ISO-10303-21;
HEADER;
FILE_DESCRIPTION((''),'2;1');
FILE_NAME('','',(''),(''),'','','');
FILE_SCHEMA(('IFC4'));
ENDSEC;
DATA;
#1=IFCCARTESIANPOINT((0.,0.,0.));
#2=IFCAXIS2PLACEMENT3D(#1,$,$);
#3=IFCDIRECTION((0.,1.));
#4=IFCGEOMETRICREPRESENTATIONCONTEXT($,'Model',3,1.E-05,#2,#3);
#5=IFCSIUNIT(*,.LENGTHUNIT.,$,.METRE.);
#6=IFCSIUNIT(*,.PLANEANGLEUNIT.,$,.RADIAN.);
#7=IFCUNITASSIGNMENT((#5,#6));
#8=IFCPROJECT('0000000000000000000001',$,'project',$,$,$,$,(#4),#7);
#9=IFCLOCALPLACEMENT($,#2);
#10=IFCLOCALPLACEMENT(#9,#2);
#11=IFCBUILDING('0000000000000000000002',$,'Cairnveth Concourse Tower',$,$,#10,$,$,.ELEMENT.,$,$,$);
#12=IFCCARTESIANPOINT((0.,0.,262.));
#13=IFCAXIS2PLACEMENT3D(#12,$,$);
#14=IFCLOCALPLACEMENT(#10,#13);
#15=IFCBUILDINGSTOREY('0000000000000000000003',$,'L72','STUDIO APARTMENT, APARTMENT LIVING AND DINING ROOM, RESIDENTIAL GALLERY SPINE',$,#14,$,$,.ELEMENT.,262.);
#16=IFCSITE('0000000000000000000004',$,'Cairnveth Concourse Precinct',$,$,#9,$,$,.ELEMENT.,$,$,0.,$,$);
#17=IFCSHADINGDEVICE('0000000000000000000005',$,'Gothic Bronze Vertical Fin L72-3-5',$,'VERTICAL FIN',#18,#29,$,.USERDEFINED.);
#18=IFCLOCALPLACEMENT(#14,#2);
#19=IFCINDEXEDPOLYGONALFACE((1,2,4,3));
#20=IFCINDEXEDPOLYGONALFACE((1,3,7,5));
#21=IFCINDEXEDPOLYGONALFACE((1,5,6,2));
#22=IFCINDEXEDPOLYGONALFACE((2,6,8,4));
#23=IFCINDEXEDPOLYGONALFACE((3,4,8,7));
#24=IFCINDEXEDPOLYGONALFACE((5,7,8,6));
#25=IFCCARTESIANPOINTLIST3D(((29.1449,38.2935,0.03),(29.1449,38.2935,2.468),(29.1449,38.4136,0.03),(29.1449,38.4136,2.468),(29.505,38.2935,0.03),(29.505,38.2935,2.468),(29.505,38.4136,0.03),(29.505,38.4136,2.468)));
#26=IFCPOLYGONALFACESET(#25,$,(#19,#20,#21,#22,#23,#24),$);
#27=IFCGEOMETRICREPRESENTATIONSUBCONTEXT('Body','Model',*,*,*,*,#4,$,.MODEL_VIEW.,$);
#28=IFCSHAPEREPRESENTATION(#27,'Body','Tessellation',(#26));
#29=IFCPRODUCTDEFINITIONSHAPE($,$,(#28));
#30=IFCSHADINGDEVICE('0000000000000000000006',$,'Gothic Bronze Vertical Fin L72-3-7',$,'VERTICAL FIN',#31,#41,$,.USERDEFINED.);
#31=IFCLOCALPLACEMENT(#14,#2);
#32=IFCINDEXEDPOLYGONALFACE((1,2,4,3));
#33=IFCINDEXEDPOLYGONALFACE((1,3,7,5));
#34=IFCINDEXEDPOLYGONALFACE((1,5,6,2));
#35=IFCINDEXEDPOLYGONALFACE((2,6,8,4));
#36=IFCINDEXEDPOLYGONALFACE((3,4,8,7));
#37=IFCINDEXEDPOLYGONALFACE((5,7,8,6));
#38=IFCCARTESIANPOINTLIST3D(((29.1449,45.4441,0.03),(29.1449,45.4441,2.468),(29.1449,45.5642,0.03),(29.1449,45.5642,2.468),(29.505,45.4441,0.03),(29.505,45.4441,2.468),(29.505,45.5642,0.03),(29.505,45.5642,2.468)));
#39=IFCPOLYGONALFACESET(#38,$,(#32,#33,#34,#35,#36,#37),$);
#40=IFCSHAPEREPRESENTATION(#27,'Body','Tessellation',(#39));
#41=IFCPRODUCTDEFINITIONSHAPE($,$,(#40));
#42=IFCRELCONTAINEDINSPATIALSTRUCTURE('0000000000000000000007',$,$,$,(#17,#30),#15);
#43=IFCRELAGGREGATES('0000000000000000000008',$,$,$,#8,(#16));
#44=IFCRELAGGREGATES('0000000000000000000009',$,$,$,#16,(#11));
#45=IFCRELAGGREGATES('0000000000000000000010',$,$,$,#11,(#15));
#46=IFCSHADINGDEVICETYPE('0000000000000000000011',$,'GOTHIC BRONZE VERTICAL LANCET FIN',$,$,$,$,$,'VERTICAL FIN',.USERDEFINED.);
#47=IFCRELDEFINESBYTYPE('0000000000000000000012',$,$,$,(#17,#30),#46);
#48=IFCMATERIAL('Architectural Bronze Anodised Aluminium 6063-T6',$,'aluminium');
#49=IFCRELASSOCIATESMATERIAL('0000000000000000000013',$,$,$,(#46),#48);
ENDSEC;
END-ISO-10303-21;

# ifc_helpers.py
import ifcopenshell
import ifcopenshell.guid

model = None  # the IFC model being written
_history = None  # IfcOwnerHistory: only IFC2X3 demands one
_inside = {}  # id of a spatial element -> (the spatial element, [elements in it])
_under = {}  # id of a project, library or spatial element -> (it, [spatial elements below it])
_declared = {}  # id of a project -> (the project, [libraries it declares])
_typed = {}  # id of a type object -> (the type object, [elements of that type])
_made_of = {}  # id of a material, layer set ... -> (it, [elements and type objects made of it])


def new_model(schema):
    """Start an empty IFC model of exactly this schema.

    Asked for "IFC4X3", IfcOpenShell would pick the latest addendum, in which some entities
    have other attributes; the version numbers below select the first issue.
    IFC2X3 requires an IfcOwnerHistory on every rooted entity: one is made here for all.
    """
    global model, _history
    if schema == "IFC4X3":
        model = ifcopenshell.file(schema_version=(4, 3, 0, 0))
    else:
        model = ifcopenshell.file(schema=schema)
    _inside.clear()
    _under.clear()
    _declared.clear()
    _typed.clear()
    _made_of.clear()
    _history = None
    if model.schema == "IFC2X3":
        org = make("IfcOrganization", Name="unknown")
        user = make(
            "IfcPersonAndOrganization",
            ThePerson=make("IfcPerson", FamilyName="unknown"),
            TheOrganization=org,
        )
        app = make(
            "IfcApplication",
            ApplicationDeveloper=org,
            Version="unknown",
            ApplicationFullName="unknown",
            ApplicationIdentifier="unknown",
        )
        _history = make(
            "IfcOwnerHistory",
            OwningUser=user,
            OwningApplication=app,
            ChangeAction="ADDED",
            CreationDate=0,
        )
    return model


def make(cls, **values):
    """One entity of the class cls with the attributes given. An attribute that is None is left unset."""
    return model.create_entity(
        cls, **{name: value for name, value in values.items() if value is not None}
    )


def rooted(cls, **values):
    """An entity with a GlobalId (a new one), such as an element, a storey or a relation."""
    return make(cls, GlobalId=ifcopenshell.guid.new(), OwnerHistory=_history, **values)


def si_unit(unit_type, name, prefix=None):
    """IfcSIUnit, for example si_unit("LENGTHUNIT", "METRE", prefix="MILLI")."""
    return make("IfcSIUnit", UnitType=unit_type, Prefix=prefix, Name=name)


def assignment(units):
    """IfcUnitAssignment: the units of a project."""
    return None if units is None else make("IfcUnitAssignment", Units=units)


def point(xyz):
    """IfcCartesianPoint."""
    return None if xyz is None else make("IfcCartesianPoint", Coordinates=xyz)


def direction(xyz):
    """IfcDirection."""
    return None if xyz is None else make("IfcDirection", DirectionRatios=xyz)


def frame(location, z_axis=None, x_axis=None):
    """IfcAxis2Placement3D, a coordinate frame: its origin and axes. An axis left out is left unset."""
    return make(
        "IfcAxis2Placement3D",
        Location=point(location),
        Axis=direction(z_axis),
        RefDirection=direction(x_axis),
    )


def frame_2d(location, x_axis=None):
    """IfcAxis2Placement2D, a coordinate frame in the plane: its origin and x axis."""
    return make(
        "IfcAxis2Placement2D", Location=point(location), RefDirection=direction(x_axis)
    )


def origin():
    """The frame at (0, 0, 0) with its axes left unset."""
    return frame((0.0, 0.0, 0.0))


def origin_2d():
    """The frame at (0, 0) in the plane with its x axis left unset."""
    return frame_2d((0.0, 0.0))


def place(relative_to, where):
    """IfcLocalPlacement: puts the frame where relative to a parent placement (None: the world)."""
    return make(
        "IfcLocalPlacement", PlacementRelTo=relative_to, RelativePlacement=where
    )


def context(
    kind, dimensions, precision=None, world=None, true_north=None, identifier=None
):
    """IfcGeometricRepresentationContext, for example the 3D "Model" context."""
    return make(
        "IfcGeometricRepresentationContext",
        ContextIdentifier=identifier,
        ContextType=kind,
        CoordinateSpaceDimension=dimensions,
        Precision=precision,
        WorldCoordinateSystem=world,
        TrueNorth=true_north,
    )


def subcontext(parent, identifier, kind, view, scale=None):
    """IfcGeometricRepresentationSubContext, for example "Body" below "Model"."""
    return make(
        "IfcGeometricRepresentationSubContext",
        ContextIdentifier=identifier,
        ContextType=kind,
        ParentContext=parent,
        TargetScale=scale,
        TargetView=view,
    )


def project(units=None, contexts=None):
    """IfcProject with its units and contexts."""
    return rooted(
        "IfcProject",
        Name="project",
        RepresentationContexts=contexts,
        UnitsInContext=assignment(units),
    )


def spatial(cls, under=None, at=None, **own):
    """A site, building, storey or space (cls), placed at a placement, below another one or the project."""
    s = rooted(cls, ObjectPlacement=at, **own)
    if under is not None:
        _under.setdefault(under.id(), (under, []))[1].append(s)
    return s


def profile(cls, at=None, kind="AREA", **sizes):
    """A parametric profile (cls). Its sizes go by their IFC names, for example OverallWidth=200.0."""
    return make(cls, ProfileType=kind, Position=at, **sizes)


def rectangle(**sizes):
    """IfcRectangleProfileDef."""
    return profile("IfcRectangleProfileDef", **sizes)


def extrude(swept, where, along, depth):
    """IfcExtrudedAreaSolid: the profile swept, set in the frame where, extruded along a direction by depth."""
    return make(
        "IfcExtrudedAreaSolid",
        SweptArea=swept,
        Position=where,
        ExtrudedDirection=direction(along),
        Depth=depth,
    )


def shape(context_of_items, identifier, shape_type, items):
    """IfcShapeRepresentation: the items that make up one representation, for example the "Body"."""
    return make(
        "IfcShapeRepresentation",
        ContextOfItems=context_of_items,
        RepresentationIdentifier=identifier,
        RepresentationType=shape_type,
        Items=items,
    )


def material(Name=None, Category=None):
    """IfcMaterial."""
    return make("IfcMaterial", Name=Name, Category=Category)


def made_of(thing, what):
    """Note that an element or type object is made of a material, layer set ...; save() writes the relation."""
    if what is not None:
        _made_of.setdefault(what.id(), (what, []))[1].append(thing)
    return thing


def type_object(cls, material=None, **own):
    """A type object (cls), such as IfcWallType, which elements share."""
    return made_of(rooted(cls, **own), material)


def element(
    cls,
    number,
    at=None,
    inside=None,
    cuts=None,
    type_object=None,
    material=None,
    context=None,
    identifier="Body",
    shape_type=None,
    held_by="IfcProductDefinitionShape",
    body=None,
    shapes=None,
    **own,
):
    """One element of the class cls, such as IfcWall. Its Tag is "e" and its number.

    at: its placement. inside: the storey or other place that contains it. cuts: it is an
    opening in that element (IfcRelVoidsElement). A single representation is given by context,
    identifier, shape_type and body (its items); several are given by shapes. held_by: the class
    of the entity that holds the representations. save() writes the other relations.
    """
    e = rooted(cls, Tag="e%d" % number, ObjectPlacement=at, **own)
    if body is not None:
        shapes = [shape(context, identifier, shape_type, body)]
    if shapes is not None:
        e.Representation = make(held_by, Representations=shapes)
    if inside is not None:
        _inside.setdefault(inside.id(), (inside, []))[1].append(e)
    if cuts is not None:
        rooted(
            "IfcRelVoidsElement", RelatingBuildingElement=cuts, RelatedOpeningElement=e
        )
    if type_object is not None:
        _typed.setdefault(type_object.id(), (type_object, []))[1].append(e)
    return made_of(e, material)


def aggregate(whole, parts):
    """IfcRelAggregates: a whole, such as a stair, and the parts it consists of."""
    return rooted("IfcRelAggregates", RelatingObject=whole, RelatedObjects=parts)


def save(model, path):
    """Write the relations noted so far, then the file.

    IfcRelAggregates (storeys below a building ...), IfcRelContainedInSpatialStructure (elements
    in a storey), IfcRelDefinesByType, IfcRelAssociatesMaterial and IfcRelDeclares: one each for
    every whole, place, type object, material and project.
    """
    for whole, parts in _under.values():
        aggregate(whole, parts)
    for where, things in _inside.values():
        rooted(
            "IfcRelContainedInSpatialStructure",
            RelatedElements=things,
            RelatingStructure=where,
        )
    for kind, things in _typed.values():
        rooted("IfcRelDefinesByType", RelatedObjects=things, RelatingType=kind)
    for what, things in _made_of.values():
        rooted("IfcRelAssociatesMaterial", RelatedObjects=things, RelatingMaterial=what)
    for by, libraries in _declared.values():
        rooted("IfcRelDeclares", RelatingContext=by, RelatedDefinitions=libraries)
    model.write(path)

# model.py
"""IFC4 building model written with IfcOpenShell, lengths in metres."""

from ifc_helpers import new_model, si_unit, direction, frame, origin, origin_2d, place, context, subcontext, project, spatial, rectangle, extrude, material, type_object, element, save


model = new_model("IFC4")

# Units and contexts
model_context = context("Model", 3, precision=1e-05, world=origin(), true_north=direction((0.0, 1.0)))
body_context = subcontext(model_context, "Body", "Model", "MODEL_VIEW")
ifc_project = project(units=[si_unit("LENGTHUNIT", "METRE"), si_unit("PLANEANGLEUNIT", "RADIAN")], contexts=[model_context])

# Site, building, storey
site_placement = place(None, origin())
site = spatial("IfcSite", under=ifc_project, at=site_placement, Name="Cairnveth Concourse Precinct", CompositionType="ELEMENT", RefElevation=0.0)
building_placement = place(site_placement, origin())
building = spatial("IfcBuilding", under=site, at=building_placement, Name="Cairnveth Concourse Tower", CompositionType="ELEMENT")
storey_placement = place(building_placement, frame((0.0, 0.0, 262.0)))
storey = spatial("IfcBuildingStorey", under=building, at=storey_placement, Name="L72", Description="STUDIO APARTMENT, APARTMENT LIVING AND DINING ROOM, RESIDENTIAL GALLERY SPINE", CompositionType="ELEMENT", Elevation=262.0)

# Shading devices
ifc_material_1 = material(Name="Architectural Bronze Anodised Aluminium 6063-T6", Category="aluminium")
shading_device_type = type_object("IfcShadingDeviceType", Name="GOTHIC BRONZE VERTICAL LANCET FIN", ElementType="VERTICAL FIN", PredefinedType="USERDEFINED", material=ifc_material_1)
for number, where, z_axis, x_axis, name in (
    (1, (29.325, 38.3535, 0.03), (0.0, 0.0, 1.0), (0.0, 1.0, 0.0), "Gothic Bronze Vertical Fin L72-3-5"),
    (2, (29.325, 45.5042, 0.03), (0.0, 0.0, 1.0), (0.0, 1.0, 0.0), "Gothic Bronze Vertical Fin L72-3-7"),
):
    element("IfcShadingDevice", number, at=place(storey_placement, frame(where, z_axis=z_axis, x_axis=x_axis)), inside=storey, type_object=shading_device_type, Name=name, ObjectType="VERTICAL FIN", PredefinedType="USERDEFINED", context=body_context, shape_type="SweptSolid", body=[
        extrude(rectangle(XDim=0.1201, YDim=0.3601, at=origin_2d()), origin(), (0.0, 0.0, 1.0), 2.438),
    ])

save(model, "model.ifc")
